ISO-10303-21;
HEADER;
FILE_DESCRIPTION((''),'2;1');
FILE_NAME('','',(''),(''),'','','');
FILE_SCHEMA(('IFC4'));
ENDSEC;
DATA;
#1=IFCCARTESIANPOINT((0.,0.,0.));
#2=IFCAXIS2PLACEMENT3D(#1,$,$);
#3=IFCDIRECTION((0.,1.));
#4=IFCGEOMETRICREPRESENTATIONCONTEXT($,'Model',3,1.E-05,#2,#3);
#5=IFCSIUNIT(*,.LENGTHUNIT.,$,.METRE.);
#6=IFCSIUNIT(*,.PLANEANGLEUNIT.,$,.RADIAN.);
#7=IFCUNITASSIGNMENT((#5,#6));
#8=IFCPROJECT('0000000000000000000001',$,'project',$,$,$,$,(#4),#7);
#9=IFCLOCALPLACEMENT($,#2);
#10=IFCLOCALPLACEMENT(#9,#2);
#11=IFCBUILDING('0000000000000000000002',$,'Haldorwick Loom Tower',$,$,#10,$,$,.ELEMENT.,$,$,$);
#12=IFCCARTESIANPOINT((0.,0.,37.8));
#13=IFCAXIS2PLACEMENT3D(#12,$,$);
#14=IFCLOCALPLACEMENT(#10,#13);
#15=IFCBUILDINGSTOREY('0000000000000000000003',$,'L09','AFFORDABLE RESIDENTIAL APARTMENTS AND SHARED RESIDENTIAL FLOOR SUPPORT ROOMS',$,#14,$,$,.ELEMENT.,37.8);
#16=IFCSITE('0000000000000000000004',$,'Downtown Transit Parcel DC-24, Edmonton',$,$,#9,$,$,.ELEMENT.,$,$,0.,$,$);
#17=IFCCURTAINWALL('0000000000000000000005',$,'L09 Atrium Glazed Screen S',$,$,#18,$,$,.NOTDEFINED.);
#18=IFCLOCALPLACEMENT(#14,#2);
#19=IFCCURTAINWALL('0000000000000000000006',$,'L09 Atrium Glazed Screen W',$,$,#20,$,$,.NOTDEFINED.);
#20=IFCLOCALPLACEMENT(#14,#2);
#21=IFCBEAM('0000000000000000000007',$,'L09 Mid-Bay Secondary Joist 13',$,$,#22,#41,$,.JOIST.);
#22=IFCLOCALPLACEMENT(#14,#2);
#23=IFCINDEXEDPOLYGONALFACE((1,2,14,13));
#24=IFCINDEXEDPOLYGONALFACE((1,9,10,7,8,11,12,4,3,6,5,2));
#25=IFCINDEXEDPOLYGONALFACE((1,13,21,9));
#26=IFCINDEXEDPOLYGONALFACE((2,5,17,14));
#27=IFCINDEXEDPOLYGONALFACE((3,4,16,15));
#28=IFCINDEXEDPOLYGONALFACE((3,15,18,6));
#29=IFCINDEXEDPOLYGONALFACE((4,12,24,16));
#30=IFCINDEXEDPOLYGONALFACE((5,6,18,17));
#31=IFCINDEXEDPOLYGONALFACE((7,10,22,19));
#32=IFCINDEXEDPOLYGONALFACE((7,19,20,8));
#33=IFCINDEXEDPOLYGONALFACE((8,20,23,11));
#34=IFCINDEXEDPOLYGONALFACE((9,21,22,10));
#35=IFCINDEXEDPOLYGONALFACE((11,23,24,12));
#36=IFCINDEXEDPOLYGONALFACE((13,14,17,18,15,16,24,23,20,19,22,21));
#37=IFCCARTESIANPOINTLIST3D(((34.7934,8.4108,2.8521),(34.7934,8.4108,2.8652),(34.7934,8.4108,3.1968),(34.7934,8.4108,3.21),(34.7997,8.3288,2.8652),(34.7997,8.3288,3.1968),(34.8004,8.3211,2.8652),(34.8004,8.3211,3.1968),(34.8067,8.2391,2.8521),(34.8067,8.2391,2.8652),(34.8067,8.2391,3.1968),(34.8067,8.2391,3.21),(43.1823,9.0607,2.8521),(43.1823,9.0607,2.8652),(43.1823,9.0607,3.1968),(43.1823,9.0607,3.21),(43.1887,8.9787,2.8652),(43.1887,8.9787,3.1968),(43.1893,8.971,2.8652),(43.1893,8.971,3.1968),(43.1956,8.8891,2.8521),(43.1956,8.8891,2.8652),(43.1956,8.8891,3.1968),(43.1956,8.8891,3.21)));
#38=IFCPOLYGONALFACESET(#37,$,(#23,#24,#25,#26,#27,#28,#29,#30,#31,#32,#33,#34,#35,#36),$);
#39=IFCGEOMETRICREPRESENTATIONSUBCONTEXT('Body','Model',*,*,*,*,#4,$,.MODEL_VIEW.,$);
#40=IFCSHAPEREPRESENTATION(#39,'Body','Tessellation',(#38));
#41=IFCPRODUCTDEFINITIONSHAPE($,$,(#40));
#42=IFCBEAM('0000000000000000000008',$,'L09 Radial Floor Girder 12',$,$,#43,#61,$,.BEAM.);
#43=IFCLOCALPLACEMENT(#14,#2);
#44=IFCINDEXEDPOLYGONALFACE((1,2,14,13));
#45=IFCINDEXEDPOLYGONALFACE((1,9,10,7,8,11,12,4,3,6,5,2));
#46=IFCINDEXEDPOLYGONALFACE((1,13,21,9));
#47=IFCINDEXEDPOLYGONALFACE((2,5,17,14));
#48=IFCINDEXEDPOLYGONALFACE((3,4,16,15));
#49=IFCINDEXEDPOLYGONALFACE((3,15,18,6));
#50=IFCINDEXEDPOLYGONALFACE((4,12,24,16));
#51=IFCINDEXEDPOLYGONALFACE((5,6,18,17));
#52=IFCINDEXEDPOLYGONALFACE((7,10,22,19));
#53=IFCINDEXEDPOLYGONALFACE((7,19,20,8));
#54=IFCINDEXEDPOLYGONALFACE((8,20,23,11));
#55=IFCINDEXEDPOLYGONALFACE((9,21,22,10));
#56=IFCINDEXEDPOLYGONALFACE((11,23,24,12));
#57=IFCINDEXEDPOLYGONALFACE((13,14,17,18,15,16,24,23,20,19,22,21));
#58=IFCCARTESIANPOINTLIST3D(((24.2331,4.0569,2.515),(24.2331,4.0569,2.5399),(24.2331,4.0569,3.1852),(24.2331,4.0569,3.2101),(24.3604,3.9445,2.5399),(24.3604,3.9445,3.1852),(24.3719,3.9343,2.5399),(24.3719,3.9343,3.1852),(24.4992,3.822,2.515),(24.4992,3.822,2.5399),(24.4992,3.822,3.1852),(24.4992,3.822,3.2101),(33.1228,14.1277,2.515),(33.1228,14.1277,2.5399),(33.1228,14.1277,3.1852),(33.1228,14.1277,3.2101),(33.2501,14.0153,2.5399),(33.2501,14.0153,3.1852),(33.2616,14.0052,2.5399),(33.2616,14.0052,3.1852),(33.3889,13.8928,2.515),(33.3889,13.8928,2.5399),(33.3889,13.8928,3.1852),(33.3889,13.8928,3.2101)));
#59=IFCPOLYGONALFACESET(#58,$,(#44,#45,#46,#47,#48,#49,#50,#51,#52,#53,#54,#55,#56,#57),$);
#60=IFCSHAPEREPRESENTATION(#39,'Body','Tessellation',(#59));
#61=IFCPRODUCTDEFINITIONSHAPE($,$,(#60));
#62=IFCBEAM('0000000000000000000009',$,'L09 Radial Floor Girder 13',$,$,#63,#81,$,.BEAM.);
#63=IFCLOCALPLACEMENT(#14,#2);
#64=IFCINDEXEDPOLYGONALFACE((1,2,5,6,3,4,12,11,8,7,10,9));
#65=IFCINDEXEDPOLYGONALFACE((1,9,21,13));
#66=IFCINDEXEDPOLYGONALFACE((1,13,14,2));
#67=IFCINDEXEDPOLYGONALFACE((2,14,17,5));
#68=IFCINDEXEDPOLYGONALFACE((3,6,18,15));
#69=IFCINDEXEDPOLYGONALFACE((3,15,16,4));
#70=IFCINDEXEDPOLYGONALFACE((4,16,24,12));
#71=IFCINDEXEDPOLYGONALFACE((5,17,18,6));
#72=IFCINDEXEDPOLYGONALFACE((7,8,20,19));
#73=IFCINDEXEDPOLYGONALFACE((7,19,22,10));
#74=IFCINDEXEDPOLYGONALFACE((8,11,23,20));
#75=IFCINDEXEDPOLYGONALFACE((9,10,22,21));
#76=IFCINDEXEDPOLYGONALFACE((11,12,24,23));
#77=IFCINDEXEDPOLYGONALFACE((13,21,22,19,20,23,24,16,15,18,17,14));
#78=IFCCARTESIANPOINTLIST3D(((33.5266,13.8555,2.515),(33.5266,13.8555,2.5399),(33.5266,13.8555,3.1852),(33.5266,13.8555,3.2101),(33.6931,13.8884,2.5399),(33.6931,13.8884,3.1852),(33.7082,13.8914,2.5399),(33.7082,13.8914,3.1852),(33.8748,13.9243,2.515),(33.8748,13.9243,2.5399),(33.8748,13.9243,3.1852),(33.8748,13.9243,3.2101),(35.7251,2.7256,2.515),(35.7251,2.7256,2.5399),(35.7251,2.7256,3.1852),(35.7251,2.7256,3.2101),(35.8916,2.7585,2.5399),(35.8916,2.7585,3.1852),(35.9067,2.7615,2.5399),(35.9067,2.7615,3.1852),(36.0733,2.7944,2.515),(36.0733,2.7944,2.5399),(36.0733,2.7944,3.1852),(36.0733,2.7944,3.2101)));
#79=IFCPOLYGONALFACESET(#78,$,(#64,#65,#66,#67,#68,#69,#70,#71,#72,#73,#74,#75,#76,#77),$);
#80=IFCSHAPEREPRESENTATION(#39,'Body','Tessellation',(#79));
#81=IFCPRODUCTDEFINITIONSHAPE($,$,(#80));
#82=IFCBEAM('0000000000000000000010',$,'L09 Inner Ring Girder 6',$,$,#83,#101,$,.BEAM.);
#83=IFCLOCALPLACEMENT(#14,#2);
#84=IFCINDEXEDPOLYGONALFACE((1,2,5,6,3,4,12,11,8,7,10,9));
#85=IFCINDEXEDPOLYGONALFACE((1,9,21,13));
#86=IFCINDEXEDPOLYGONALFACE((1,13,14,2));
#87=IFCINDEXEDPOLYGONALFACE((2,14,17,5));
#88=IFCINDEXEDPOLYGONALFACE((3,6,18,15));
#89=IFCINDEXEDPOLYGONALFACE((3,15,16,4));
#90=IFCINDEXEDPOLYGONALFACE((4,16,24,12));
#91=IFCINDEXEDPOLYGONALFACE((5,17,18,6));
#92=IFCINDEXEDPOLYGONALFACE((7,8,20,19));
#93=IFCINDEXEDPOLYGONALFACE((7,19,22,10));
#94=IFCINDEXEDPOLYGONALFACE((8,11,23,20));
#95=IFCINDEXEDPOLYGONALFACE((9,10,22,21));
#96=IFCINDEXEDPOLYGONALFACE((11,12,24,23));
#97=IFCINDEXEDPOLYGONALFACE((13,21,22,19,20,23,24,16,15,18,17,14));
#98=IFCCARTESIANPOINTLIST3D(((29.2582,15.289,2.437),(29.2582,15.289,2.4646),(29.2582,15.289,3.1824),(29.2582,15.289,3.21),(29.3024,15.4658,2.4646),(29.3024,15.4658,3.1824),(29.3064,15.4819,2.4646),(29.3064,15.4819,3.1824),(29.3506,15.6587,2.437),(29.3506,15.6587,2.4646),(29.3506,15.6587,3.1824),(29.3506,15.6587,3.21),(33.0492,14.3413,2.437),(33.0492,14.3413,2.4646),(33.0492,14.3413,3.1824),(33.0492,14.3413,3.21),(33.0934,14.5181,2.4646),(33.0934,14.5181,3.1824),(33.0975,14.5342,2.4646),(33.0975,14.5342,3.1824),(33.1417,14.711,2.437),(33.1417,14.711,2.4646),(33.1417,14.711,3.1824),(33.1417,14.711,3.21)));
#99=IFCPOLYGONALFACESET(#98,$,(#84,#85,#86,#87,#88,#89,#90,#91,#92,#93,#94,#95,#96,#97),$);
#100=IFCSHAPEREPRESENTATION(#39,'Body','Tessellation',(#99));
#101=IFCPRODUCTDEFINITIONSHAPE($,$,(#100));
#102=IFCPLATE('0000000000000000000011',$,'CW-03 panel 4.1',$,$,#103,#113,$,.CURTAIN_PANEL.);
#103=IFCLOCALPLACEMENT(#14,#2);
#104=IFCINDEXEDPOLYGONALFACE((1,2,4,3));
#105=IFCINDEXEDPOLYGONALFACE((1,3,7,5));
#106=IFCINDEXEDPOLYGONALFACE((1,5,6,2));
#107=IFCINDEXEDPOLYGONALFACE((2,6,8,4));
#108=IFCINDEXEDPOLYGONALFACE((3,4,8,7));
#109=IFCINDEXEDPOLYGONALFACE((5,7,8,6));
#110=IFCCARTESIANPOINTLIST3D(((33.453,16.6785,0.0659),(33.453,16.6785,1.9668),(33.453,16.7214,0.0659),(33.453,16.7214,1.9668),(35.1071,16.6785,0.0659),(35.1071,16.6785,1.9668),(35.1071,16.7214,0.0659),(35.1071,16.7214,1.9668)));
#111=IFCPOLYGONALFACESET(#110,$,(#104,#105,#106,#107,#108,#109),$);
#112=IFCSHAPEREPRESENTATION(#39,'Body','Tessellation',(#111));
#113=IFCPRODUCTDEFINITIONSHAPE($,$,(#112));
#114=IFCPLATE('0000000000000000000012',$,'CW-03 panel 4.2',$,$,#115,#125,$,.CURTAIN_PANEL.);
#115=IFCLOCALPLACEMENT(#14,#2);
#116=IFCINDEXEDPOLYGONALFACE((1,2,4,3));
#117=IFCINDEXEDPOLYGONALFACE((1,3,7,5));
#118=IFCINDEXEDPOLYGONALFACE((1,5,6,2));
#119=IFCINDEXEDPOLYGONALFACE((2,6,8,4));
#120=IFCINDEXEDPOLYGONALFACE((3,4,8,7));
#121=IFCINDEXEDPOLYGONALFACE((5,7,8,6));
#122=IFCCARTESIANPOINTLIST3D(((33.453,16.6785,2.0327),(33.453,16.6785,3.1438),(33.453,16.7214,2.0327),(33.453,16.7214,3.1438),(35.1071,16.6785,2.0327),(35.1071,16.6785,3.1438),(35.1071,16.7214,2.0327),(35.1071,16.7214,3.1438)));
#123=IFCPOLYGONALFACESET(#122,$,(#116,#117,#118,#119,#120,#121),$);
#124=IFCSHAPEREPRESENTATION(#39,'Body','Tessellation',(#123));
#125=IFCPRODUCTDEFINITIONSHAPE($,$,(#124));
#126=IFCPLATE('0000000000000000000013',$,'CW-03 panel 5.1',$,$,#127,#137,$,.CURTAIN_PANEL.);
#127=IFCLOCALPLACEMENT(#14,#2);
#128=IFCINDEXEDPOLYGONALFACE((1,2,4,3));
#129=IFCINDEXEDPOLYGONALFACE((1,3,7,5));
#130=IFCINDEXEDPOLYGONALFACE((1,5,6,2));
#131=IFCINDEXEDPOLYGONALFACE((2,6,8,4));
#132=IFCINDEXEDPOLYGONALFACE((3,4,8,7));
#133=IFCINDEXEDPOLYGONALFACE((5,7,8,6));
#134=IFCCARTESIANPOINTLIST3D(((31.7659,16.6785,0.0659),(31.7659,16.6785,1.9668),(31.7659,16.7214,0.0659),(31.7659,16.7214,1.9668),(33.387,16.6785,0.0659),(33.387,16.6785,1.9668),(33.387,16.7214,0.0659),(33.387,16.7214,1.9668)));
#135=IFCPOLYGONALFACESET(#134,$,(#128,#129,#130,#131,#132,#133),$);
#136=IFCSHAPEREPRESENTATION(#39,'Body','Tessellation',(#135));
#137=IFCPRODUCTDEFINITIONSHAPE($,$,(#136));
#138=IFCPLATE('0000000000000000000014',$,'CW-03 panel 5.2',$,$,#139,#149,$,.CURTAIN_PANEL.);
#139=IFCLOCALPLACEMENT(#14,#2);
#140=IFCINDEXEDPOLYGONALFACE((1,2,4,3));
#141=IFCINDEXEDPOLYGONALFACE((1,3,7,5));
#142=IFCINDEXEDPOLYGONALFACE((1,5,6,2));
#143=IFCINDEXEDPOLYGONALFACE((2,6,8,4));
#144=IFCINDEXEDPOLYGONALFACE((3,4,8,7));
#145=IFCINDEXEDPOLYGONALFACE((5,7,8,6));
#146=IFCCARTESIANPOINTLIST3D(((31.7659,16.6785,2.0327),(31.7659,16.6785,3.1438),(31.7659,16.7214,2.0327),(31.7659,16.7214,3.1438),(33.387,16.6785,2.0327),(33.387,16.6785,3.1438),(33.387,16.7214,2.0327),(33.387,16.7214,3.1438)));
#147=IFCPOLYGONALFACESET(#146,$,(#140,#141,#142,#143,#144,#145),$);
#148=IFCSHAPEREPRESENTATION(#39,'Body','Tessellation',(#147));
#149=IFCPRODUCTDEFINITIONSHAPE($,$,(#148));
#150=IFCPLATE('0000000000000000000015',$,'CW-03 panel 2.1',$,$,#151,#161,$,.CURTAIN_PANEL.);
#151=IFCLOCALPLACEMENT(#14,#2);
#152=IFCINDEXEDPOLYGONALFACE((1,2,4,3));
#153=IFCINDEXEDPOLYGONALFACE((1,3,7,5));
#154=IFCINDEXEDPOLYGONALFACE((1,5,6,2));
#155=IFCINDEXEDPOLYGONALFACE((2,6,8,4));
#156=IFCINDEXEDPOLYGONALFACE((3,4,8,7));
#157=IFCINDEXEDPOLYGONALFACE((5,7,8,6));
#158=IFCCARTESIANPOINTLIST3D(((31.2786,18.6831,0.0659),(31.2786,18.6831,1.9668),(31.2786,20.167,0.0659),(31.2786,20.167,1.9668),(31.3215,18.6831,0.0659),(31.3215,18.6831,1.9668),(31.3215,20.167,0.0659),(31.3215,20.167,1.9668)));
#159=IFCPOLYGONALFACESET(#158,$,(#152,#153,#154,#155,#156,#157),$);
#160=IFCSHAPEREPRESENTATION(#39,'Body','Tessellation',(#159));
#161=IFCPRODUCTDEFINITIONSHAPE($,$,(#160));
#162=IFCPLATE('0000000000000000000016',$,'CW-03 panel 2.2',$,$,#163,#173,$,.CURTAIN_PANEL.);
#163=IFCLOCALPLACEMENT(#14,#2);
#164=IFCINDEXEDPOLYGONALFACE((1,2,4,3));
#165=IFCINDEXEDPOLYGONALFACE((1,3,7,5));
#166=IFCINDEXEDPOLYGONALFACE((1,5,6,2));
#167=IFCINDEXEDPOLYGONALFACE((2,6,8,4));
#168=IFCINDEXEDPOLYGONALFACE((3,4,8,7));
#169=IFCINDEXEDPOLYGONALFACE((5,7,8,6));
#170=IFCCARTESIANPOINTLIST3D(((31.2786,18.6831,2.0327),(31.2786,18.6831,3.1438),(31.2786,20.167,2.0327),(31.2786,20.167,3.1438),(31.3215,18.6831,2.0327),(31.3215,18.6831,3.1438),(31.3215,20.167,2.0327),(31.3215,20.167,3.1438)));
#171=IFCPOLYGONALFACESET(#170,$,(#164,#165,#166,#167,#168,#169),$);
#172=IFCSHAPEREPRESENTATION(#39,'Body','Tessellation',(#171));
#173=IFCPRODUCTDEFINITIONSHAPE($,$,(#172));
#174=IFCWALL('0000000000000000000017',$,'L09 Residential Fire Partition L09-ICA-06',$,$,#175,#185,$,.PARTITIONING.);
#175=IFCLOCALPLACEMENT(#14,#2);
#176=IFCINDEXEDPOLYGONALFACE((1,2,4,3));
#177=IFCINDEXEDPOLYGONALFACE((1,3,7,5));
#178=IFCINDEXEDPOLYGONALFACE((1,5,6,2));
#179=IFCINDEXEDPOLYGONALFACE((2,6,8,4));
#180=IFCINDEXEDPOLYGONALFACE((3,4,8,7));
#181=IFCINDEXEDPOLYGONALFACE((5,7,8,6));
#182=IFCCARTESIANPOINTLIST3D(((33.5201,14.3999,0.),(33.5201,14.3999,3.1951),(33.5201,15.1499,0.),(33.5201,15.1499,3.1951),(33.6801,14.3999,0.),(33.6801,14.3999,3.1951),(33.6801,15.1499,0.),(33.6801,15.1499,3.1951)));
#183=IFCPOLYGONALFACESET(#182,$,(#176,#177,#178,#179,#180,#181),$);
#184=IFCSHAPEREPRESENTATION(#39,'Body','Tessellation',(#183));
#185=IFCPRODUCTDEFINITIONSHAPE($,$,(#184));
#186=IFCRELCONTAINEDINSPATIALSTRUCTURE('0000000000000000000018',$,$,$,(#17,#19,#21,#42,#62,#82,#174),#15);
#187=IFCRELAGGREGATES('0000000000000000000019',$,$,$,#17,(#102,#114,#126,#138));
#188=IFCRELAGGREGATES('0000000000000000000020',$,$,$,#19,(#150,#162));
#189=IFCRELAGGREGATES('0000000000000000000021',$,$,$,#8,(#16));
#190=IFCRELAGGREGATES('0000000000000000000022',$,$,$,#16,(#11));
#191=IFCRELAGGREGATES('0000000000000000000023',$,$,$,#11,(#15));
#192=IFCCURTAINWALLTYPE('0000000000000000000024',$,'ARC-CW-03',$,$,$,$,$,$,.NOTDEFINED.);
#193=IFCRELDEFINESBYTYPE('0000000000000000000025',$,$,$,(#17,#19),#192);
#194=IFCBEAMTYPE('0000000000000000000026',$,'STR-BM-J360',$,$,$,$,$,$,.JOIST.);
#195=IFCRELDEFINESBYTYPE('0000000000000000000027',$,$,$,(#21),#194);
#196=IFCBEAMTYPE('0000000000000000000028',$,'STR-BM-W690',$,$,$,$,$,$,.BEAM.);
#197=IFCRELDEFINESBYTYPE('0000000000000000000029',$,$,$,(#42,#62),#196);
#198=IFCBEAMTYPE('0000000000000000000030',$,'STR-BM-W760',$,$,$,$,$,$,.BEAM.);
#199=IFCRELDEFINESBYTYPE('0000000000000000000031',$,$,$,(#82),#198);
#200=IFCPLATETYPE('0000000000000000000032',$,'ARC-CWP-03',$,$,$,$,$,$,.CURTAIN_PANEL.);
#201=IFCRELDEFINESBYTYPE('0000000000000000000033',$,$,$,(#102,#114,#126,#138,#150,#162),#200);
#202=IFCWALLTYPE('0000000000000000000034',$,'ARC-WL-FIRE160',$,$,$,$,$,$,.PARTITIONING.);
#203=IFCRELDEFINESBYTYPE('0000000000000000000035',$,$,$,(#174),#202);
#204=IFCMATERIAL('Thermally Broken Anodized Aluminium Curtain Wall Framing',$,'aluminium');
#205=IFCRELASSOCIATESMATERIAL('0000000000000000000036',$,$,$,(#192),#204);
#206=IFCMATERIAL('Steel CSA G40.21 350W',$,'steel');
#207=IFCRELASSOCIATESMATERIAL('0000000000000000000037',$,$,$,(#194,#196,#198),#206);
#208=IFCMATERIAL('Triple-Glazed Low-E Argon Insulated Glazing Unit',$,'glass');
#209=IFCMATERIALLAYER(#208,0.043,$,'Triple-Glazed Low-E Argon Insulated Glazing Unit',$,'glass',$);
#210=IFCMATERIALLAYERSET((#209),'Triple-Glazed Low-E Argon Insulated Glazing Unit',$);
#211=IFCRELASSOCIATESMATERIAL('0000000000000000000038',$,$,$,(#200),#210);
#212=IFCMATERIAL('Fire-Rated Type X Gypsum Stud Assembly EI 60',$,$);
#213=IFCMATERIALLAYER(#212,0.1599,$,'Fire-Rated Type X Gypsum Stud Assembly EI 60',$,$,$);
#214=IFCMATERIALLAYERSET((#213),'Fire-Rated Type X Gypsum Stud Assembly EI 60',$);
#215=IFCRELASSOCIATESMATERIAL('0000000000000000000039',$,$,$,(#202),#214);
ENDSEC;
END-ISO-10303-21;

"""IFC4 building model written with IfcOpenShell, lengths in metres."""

from ifc_helpers import new_model, si_unit, direction, frame, frame_2d, origin, origin_2d, place, context, subcontext, project, spatial, rectangle, i_section, extrude, material, layer, layer_set, material_profile, profile_set, type_object, element, aggregate, save


model = new_model("IFC4")

# Units and contexts
model_context = context("Model", 3, precision=1e-05, world=origin(), true_north=direction((0.0, 1.0)))
body_context = subcontext(model_context, "Body", "Model", "MODEL_VIEW")
ifc_project = project(units=[si_unit("LENGTHUNIT", "METRE"), si_unit("PLANEANGLEUNIT", "RADIAN")], contexts=[model_context])

# Site, building, storey
site_placement = place(None, origin())
site = spatial("IfcSite", under=ifc_project, at=site_placement, Name="Downtown Transit Parcel DC-24, Edmonton", CompositionType="ELEMENT", RefElevation=0.0)
building_placement = place(site_placement, origin())
building = spatial("IfcBuilding", under=site, at=building_placement, Name="Haldorwick Loom Tower", CompositionType="ELEMENT")
storey_placement = place(building_placement, frame((0.0, 0.0, 37.8)))
storey = spatial("IfcBuildingStorey", under=building, at=storey_placement, Name="L09", Description="AFFORDABLE RESIDENTIAL APARTMENTS AND SHARED RESIDENTIAL FLOOR SUPPORT ROOMS", CompositionType="ELEMENT", Elevation=37.8)

# Curtain wall
ifc_material_1 = material(Name="Thermally Broken Anodized Aluminium Curtain Wall Framing", Category="aluminium")
curtain_wall_type = type_object("IfcCurtainWallType", Name="ARC-CW-03", PredefinedType="NOTDEFINED", material=ifc_material_1)
curtain_wall_1_placement = place(storey_placement, origin())
curtain_wall_1 = element("IfcCurtainWall", 1, at=curtain_wall_1_placement, inside=storey, type_object=curtain_wall_type, Name="L09 Atrium Glazed Screen S", PredefinedType="NOTDEFINED")

# Curtain wall
curtain_wall_2_placement = place(storey_placement, origin())
curtain_wall_2 = element("IfcCurtainWall", 2, at=curtain_wall_2_placement, inside=storey, type_object=curtain_wall_type, Name="L09 Atrium Glazed Screen W", PredefinedType="NOTDEFINED")

# Beams
ifc_material_2 = material(Name="Steel CSA G40.21 350W", Category="steel")
ifc_material_profile_1 = material_profile(ifc_material_2, i_section(OverallWidth=0.1721, OverallDepth=0.3579, WebThickness=0.0078, FlangeThickness=0.0132, at=origin_2d()), Name="W360X57", Category="steel")
ifc_profile_set_1 = profile_set([ifc_material_profile_1], Name="Steel CSA G40.21 350W")
beam_type_1 = type_object("IfcBeamType", Name="STR-BM-J360", PredefinedType="JOIST", material=ifc_profile_set_1)
beam_1_placement = place(storey_placement, frame((34.8, 8.325, 3.031), z_axis=(0.997013, 0.07724, 0.0), x_axis=(-0.07724, 0.997013, 0.0)))
element("IfcBeam", 3, at=beam_1_placement, inside=storey, type_object=beam_type_1, Name="L09 Mid-Bay Secondary Joist 13", PredefinedType="JOIST", context=body_context, shape_type="SweptSolid", body=[
    extrude(i_section(OverallWidth=0.1721, OverallDepth=0.3579, WebThickness=0.0078, FlangeThickness=0.0132, at=origin_2d()), origin(), (0.0, 0.0, 1.0), 8.4141),
])
ifc_material_profile_2 = material_profile(ifc_material_2, i_section(OverallWidth=0.355, OverallDepth=0.6951, WebThickness=0.0154, FlangeThickness=0.0249, at=origin_2d()), Name="W690X217", Category="steel")
ifc_profile_set_2 = profile_set([ifc_material_profile_2], Name="Steel CSA G40.21 350W")
beam_type_2 = type_object("IfcBeamType", Name="STR-BM-W690", PredefinedType="BEAM", material=ifc_profile_set_2)
beam_2_placement = place(storey_placement, frame((33.2559, 14.0103, 2.8625), z_axis=(-0.661774, -0.749703, 0.0), x_axis=(0.749703, -0.661774, 0.0)))
element("IfcBeam", 4, at=beam_2_placement, inside=storey, type_object=beam_type_2, Name="L09 Radial Floor Girder 12", PredefinedType="BEAM", context=body_context, shape_type="SweptSolid", body=[
    extrude(i_section(OverallWidth=0.355, OverallDepth=0.6951, WebThickness=0.0154, FlangeThickness=0.0249, at=origin_2d()), origin(), (0.0, 0.0, 1.0), 13.4331),
])
beam_3_placement = place(storey_placement, frame((33.7007, 13.8899, 2.8625), z_axis=(0.193786, -0.981044, 0.0), x_axis=(0.981044, 0.193786, 0.0)))
element("IfcBeam", 5, at=beam_3_placement, inside=storey, type_object=beam_type_2, Name="L09 Radial Floor Girder 13", PredefinedType="BEAM", context=body_context, shape_type="SweptSolid", body=[
    extrude(i_section(OverallWidth=0.355, OverallDepth=0.6951, WebThickness=0.0154, FlangeThickness=0.0249, at=origin_2d()), origin(), (0.0, 0.0, 1.0), 11.345),
])
ifc_material_profile_3 = material_profile(ifc_material_2, i_section(OverallWidth=0.3811, OverallDepth=0.7729, WebThickness=0.0166, FlangeThickness=0.0276, at=origin_2d()), Name="W760X257", Category="steel")
ifc_profile_set_3 = profile_set([ifc_material_profile_3], Name="Steel CSA G40.21 350W")
beam_type_3 = type_object("IfcBeamType", Name="STR-BM-W760", PredefinedType="BEAM", material=ifc_profile_set_3)
beam_4_placement = place(storey_placement, frame((33.0955, 14.5261, 2.8235), z_axis=(-0.970143, 0.242536, 0.0), x_axis=(-0.242536, -0.970143, 0.0)))
element("IfcBeam", 6, at=beam_4_placement, inside=storey, type_object=beam_type_3, Name="L09 Inner Ring Girder 6", PredefinedType="BEAM", context=body_context, shape_type="SweptSolid", body=[
    extrude(i_section(OverallWidth=0.3811, OverallDepth=0.7729, WebThickness=0.0166, FlangeThickness=0.0276, at=origin_2d()), origin(), (0.0, 0.0, 1.0), 3.9077),
])

# Plates
ifc_material_3 = material(Name="Triple-Glazed Low-E Argon Insulated Glazing Unit", Category="glass")
ifc_layer_1 = layer(ifc_material_3, 0.043, Name="Triple-Glazed Low-E Argon Insulated Glazing Unit", Category="glass")
ifc_layer_set_1 = layer_set([ifc_layer_1], Name="Triple-Glazed Low-E Argon Insulated Glazing Unit")
plate_type = type_object("IfcPlateType", Name="ARC-CWP-03", PredefinedType="CURTAIN_PANEL", material=ifc_layer_set_1)
plate_1_placement = place(storey_placement, frame((34.28, 16.7, 0.0659), z_axis=(0.0, 0.0, 1.0), x_axis=(-1.0, 0.0, 0.0)))
plate_1 = element("IfcPlate", 7, at=plate_1_placement, type_object=plate_type, Name="CW-03 panel 4.1", PredefinedType="CURTAIN_PANEL", context=body_context, shape_type="SweptSolid", body=[
    extrude(rectangle(XDim=1.6541, YDim=0.043, at=origin_2d()), origin(), (0.0, 0.0, 1.0), 1.9009),
])
plate_2_placement = place(storey_placement, frame((34.28, 16.7, 2.0327), z_axis=(0.0, 0.0, 1.0), x_axis=(-1.0, 0.0, 0.0)))
plate_2 = element("IfcPlate", 8, at=plate_2_placement, type_object=plate_type, Name="CW-03 panel 4.2", PredefinedType="CURTAIN_PANEL", context=body_context, shape_type="SweptSolid", body=[
    extrude(rectangle(XDim=1.6541, YDim=0.043, at=origin_2d()), origin(), (0.0, 0.0, 1.0), 1.1111),
])
plate_3_placement = place(storey_placement, frame((32.5764, 16.7, 0.0659), z_axis=(0.0, 0.0, 1.0), x_axis=(-1.0, 0.0, 0.0)))
plate_3 = element("IfcPlate", 9, at=plate_3_placement, type_object=plate_type, Name="CW-03 panel 5.1", PredefinedType="CURTAIN_PANEL", context=body_context, shape_type="SweptSolid", body=[
    extrude(rectangle(XDim=1.6211, YDim=0.043, at=origin_2d()), origin(), (0.0, 0.0, 1.0), 1.9009),
])
plate_4_placement = place(storey_placement, frame((32.5764, 16.7, 2.0327), z_axis=(0.0, 0.0, 1.0), x_axis=(-1.0, 0.0, 0.0)))
plate_4 = element("IfcPlate", 10, at=plate_4_placement, type_object=plate_type, Name="CW-03 panel 5.2", PredefinedType="CURTAIN_PANEL", context=body_context, shape_type="SweptSolid", body=[
    extrude(rectangle(XDim=1.6211, YDim=0.043, at=origin_2d()), origin(), (0.0, 0.0, 1.0), 1.1111),
])
aggregate(curtain_wall_1, [plate_1, plate_2, plate_3, plate_4])
plate_5_placement = place(storey_placement, frame((31.3, 19.425, 0.0659), z_axis=(0.0, 0.0, 1.0), x_axis=(0.0, 1.0, 0.0)))
plate_5 = element("IfcPlate", 11, at=plate_5_placement, type_object=plate_type, Name="CW-03 panel 2.1", PredefinedType="CURTAIN_PANEL", context=body_context, shape_type="SweptSolid", body=[
    extrude(rectangle(XDim=1.4839, YDim=0.043, at=origin_2d()), origin(), (0.0, 0.0, 1.0), 1.9009),
])
plate_6_placement = place(storey_placement, frame((31.3, 19.425, 2.0327), z_axis=(0.0, 0.0, 1.0), x_axis=(0.0, 1.0, 0.0)))
plate_6 = element("IfcPlate", 12, at=plate_6_placement, type_object=plate_type, Name="CW-03 panel 2.2", PredefinedType="CURTAIN_PANEL", context=body_context, shape_type="SweptSolid", body=[
    extrude(rectangle(XDim=1.4839, YDim=0.043, at=origin_2d()), origin(), (0.0, 0.0, 1.0), 1.1111),
])
aggregate(curtain_wall_2, [plate_5, plate_6])

# Wall
ifc_material_4 = material(Name="Fire-Rated Type X Gypsum Stud Assembly EI 60")
ifc_layer_2 = layer(ifc_material_4, 0.1599, Name="Fire-Rated Type X Gypsum Stud Assembly EI 60")
ifc_layer_set_2 = layer_set([ifc_layer_2], Name="Fire-Rated Type X Gypsum Stud Assembly EI 60")
wall_type = type_object("IfcWallType", Name="ARC-WL-FIRE160", PredefinedType="PARTITIONING", material=ifc_layer_set_2)
wall_1_placement = place(storey_placement, frame((33.6001, 15.1499, 0.0), z_axis=(0.0, 0.0, 1.0), x_axis=(0.0, -1.0, 0.0)))
element("IfcWall", 13, at=wall_1_placement, inside=storey, type_object=wall_type, Name="L09 Residential Fire Partition L09-ICA-06", PredefinedType="PARTITIONING", context=body_context, shape_type="SweptSolid", body=[
    extrude(rectangle(XDim=0.75, YDim=0.1599, at=frame_2d((0.375, 0.0))), origin(), (0.0, 0.0, 1.0), 3.1951),
])

save(model, "model.ifc")
